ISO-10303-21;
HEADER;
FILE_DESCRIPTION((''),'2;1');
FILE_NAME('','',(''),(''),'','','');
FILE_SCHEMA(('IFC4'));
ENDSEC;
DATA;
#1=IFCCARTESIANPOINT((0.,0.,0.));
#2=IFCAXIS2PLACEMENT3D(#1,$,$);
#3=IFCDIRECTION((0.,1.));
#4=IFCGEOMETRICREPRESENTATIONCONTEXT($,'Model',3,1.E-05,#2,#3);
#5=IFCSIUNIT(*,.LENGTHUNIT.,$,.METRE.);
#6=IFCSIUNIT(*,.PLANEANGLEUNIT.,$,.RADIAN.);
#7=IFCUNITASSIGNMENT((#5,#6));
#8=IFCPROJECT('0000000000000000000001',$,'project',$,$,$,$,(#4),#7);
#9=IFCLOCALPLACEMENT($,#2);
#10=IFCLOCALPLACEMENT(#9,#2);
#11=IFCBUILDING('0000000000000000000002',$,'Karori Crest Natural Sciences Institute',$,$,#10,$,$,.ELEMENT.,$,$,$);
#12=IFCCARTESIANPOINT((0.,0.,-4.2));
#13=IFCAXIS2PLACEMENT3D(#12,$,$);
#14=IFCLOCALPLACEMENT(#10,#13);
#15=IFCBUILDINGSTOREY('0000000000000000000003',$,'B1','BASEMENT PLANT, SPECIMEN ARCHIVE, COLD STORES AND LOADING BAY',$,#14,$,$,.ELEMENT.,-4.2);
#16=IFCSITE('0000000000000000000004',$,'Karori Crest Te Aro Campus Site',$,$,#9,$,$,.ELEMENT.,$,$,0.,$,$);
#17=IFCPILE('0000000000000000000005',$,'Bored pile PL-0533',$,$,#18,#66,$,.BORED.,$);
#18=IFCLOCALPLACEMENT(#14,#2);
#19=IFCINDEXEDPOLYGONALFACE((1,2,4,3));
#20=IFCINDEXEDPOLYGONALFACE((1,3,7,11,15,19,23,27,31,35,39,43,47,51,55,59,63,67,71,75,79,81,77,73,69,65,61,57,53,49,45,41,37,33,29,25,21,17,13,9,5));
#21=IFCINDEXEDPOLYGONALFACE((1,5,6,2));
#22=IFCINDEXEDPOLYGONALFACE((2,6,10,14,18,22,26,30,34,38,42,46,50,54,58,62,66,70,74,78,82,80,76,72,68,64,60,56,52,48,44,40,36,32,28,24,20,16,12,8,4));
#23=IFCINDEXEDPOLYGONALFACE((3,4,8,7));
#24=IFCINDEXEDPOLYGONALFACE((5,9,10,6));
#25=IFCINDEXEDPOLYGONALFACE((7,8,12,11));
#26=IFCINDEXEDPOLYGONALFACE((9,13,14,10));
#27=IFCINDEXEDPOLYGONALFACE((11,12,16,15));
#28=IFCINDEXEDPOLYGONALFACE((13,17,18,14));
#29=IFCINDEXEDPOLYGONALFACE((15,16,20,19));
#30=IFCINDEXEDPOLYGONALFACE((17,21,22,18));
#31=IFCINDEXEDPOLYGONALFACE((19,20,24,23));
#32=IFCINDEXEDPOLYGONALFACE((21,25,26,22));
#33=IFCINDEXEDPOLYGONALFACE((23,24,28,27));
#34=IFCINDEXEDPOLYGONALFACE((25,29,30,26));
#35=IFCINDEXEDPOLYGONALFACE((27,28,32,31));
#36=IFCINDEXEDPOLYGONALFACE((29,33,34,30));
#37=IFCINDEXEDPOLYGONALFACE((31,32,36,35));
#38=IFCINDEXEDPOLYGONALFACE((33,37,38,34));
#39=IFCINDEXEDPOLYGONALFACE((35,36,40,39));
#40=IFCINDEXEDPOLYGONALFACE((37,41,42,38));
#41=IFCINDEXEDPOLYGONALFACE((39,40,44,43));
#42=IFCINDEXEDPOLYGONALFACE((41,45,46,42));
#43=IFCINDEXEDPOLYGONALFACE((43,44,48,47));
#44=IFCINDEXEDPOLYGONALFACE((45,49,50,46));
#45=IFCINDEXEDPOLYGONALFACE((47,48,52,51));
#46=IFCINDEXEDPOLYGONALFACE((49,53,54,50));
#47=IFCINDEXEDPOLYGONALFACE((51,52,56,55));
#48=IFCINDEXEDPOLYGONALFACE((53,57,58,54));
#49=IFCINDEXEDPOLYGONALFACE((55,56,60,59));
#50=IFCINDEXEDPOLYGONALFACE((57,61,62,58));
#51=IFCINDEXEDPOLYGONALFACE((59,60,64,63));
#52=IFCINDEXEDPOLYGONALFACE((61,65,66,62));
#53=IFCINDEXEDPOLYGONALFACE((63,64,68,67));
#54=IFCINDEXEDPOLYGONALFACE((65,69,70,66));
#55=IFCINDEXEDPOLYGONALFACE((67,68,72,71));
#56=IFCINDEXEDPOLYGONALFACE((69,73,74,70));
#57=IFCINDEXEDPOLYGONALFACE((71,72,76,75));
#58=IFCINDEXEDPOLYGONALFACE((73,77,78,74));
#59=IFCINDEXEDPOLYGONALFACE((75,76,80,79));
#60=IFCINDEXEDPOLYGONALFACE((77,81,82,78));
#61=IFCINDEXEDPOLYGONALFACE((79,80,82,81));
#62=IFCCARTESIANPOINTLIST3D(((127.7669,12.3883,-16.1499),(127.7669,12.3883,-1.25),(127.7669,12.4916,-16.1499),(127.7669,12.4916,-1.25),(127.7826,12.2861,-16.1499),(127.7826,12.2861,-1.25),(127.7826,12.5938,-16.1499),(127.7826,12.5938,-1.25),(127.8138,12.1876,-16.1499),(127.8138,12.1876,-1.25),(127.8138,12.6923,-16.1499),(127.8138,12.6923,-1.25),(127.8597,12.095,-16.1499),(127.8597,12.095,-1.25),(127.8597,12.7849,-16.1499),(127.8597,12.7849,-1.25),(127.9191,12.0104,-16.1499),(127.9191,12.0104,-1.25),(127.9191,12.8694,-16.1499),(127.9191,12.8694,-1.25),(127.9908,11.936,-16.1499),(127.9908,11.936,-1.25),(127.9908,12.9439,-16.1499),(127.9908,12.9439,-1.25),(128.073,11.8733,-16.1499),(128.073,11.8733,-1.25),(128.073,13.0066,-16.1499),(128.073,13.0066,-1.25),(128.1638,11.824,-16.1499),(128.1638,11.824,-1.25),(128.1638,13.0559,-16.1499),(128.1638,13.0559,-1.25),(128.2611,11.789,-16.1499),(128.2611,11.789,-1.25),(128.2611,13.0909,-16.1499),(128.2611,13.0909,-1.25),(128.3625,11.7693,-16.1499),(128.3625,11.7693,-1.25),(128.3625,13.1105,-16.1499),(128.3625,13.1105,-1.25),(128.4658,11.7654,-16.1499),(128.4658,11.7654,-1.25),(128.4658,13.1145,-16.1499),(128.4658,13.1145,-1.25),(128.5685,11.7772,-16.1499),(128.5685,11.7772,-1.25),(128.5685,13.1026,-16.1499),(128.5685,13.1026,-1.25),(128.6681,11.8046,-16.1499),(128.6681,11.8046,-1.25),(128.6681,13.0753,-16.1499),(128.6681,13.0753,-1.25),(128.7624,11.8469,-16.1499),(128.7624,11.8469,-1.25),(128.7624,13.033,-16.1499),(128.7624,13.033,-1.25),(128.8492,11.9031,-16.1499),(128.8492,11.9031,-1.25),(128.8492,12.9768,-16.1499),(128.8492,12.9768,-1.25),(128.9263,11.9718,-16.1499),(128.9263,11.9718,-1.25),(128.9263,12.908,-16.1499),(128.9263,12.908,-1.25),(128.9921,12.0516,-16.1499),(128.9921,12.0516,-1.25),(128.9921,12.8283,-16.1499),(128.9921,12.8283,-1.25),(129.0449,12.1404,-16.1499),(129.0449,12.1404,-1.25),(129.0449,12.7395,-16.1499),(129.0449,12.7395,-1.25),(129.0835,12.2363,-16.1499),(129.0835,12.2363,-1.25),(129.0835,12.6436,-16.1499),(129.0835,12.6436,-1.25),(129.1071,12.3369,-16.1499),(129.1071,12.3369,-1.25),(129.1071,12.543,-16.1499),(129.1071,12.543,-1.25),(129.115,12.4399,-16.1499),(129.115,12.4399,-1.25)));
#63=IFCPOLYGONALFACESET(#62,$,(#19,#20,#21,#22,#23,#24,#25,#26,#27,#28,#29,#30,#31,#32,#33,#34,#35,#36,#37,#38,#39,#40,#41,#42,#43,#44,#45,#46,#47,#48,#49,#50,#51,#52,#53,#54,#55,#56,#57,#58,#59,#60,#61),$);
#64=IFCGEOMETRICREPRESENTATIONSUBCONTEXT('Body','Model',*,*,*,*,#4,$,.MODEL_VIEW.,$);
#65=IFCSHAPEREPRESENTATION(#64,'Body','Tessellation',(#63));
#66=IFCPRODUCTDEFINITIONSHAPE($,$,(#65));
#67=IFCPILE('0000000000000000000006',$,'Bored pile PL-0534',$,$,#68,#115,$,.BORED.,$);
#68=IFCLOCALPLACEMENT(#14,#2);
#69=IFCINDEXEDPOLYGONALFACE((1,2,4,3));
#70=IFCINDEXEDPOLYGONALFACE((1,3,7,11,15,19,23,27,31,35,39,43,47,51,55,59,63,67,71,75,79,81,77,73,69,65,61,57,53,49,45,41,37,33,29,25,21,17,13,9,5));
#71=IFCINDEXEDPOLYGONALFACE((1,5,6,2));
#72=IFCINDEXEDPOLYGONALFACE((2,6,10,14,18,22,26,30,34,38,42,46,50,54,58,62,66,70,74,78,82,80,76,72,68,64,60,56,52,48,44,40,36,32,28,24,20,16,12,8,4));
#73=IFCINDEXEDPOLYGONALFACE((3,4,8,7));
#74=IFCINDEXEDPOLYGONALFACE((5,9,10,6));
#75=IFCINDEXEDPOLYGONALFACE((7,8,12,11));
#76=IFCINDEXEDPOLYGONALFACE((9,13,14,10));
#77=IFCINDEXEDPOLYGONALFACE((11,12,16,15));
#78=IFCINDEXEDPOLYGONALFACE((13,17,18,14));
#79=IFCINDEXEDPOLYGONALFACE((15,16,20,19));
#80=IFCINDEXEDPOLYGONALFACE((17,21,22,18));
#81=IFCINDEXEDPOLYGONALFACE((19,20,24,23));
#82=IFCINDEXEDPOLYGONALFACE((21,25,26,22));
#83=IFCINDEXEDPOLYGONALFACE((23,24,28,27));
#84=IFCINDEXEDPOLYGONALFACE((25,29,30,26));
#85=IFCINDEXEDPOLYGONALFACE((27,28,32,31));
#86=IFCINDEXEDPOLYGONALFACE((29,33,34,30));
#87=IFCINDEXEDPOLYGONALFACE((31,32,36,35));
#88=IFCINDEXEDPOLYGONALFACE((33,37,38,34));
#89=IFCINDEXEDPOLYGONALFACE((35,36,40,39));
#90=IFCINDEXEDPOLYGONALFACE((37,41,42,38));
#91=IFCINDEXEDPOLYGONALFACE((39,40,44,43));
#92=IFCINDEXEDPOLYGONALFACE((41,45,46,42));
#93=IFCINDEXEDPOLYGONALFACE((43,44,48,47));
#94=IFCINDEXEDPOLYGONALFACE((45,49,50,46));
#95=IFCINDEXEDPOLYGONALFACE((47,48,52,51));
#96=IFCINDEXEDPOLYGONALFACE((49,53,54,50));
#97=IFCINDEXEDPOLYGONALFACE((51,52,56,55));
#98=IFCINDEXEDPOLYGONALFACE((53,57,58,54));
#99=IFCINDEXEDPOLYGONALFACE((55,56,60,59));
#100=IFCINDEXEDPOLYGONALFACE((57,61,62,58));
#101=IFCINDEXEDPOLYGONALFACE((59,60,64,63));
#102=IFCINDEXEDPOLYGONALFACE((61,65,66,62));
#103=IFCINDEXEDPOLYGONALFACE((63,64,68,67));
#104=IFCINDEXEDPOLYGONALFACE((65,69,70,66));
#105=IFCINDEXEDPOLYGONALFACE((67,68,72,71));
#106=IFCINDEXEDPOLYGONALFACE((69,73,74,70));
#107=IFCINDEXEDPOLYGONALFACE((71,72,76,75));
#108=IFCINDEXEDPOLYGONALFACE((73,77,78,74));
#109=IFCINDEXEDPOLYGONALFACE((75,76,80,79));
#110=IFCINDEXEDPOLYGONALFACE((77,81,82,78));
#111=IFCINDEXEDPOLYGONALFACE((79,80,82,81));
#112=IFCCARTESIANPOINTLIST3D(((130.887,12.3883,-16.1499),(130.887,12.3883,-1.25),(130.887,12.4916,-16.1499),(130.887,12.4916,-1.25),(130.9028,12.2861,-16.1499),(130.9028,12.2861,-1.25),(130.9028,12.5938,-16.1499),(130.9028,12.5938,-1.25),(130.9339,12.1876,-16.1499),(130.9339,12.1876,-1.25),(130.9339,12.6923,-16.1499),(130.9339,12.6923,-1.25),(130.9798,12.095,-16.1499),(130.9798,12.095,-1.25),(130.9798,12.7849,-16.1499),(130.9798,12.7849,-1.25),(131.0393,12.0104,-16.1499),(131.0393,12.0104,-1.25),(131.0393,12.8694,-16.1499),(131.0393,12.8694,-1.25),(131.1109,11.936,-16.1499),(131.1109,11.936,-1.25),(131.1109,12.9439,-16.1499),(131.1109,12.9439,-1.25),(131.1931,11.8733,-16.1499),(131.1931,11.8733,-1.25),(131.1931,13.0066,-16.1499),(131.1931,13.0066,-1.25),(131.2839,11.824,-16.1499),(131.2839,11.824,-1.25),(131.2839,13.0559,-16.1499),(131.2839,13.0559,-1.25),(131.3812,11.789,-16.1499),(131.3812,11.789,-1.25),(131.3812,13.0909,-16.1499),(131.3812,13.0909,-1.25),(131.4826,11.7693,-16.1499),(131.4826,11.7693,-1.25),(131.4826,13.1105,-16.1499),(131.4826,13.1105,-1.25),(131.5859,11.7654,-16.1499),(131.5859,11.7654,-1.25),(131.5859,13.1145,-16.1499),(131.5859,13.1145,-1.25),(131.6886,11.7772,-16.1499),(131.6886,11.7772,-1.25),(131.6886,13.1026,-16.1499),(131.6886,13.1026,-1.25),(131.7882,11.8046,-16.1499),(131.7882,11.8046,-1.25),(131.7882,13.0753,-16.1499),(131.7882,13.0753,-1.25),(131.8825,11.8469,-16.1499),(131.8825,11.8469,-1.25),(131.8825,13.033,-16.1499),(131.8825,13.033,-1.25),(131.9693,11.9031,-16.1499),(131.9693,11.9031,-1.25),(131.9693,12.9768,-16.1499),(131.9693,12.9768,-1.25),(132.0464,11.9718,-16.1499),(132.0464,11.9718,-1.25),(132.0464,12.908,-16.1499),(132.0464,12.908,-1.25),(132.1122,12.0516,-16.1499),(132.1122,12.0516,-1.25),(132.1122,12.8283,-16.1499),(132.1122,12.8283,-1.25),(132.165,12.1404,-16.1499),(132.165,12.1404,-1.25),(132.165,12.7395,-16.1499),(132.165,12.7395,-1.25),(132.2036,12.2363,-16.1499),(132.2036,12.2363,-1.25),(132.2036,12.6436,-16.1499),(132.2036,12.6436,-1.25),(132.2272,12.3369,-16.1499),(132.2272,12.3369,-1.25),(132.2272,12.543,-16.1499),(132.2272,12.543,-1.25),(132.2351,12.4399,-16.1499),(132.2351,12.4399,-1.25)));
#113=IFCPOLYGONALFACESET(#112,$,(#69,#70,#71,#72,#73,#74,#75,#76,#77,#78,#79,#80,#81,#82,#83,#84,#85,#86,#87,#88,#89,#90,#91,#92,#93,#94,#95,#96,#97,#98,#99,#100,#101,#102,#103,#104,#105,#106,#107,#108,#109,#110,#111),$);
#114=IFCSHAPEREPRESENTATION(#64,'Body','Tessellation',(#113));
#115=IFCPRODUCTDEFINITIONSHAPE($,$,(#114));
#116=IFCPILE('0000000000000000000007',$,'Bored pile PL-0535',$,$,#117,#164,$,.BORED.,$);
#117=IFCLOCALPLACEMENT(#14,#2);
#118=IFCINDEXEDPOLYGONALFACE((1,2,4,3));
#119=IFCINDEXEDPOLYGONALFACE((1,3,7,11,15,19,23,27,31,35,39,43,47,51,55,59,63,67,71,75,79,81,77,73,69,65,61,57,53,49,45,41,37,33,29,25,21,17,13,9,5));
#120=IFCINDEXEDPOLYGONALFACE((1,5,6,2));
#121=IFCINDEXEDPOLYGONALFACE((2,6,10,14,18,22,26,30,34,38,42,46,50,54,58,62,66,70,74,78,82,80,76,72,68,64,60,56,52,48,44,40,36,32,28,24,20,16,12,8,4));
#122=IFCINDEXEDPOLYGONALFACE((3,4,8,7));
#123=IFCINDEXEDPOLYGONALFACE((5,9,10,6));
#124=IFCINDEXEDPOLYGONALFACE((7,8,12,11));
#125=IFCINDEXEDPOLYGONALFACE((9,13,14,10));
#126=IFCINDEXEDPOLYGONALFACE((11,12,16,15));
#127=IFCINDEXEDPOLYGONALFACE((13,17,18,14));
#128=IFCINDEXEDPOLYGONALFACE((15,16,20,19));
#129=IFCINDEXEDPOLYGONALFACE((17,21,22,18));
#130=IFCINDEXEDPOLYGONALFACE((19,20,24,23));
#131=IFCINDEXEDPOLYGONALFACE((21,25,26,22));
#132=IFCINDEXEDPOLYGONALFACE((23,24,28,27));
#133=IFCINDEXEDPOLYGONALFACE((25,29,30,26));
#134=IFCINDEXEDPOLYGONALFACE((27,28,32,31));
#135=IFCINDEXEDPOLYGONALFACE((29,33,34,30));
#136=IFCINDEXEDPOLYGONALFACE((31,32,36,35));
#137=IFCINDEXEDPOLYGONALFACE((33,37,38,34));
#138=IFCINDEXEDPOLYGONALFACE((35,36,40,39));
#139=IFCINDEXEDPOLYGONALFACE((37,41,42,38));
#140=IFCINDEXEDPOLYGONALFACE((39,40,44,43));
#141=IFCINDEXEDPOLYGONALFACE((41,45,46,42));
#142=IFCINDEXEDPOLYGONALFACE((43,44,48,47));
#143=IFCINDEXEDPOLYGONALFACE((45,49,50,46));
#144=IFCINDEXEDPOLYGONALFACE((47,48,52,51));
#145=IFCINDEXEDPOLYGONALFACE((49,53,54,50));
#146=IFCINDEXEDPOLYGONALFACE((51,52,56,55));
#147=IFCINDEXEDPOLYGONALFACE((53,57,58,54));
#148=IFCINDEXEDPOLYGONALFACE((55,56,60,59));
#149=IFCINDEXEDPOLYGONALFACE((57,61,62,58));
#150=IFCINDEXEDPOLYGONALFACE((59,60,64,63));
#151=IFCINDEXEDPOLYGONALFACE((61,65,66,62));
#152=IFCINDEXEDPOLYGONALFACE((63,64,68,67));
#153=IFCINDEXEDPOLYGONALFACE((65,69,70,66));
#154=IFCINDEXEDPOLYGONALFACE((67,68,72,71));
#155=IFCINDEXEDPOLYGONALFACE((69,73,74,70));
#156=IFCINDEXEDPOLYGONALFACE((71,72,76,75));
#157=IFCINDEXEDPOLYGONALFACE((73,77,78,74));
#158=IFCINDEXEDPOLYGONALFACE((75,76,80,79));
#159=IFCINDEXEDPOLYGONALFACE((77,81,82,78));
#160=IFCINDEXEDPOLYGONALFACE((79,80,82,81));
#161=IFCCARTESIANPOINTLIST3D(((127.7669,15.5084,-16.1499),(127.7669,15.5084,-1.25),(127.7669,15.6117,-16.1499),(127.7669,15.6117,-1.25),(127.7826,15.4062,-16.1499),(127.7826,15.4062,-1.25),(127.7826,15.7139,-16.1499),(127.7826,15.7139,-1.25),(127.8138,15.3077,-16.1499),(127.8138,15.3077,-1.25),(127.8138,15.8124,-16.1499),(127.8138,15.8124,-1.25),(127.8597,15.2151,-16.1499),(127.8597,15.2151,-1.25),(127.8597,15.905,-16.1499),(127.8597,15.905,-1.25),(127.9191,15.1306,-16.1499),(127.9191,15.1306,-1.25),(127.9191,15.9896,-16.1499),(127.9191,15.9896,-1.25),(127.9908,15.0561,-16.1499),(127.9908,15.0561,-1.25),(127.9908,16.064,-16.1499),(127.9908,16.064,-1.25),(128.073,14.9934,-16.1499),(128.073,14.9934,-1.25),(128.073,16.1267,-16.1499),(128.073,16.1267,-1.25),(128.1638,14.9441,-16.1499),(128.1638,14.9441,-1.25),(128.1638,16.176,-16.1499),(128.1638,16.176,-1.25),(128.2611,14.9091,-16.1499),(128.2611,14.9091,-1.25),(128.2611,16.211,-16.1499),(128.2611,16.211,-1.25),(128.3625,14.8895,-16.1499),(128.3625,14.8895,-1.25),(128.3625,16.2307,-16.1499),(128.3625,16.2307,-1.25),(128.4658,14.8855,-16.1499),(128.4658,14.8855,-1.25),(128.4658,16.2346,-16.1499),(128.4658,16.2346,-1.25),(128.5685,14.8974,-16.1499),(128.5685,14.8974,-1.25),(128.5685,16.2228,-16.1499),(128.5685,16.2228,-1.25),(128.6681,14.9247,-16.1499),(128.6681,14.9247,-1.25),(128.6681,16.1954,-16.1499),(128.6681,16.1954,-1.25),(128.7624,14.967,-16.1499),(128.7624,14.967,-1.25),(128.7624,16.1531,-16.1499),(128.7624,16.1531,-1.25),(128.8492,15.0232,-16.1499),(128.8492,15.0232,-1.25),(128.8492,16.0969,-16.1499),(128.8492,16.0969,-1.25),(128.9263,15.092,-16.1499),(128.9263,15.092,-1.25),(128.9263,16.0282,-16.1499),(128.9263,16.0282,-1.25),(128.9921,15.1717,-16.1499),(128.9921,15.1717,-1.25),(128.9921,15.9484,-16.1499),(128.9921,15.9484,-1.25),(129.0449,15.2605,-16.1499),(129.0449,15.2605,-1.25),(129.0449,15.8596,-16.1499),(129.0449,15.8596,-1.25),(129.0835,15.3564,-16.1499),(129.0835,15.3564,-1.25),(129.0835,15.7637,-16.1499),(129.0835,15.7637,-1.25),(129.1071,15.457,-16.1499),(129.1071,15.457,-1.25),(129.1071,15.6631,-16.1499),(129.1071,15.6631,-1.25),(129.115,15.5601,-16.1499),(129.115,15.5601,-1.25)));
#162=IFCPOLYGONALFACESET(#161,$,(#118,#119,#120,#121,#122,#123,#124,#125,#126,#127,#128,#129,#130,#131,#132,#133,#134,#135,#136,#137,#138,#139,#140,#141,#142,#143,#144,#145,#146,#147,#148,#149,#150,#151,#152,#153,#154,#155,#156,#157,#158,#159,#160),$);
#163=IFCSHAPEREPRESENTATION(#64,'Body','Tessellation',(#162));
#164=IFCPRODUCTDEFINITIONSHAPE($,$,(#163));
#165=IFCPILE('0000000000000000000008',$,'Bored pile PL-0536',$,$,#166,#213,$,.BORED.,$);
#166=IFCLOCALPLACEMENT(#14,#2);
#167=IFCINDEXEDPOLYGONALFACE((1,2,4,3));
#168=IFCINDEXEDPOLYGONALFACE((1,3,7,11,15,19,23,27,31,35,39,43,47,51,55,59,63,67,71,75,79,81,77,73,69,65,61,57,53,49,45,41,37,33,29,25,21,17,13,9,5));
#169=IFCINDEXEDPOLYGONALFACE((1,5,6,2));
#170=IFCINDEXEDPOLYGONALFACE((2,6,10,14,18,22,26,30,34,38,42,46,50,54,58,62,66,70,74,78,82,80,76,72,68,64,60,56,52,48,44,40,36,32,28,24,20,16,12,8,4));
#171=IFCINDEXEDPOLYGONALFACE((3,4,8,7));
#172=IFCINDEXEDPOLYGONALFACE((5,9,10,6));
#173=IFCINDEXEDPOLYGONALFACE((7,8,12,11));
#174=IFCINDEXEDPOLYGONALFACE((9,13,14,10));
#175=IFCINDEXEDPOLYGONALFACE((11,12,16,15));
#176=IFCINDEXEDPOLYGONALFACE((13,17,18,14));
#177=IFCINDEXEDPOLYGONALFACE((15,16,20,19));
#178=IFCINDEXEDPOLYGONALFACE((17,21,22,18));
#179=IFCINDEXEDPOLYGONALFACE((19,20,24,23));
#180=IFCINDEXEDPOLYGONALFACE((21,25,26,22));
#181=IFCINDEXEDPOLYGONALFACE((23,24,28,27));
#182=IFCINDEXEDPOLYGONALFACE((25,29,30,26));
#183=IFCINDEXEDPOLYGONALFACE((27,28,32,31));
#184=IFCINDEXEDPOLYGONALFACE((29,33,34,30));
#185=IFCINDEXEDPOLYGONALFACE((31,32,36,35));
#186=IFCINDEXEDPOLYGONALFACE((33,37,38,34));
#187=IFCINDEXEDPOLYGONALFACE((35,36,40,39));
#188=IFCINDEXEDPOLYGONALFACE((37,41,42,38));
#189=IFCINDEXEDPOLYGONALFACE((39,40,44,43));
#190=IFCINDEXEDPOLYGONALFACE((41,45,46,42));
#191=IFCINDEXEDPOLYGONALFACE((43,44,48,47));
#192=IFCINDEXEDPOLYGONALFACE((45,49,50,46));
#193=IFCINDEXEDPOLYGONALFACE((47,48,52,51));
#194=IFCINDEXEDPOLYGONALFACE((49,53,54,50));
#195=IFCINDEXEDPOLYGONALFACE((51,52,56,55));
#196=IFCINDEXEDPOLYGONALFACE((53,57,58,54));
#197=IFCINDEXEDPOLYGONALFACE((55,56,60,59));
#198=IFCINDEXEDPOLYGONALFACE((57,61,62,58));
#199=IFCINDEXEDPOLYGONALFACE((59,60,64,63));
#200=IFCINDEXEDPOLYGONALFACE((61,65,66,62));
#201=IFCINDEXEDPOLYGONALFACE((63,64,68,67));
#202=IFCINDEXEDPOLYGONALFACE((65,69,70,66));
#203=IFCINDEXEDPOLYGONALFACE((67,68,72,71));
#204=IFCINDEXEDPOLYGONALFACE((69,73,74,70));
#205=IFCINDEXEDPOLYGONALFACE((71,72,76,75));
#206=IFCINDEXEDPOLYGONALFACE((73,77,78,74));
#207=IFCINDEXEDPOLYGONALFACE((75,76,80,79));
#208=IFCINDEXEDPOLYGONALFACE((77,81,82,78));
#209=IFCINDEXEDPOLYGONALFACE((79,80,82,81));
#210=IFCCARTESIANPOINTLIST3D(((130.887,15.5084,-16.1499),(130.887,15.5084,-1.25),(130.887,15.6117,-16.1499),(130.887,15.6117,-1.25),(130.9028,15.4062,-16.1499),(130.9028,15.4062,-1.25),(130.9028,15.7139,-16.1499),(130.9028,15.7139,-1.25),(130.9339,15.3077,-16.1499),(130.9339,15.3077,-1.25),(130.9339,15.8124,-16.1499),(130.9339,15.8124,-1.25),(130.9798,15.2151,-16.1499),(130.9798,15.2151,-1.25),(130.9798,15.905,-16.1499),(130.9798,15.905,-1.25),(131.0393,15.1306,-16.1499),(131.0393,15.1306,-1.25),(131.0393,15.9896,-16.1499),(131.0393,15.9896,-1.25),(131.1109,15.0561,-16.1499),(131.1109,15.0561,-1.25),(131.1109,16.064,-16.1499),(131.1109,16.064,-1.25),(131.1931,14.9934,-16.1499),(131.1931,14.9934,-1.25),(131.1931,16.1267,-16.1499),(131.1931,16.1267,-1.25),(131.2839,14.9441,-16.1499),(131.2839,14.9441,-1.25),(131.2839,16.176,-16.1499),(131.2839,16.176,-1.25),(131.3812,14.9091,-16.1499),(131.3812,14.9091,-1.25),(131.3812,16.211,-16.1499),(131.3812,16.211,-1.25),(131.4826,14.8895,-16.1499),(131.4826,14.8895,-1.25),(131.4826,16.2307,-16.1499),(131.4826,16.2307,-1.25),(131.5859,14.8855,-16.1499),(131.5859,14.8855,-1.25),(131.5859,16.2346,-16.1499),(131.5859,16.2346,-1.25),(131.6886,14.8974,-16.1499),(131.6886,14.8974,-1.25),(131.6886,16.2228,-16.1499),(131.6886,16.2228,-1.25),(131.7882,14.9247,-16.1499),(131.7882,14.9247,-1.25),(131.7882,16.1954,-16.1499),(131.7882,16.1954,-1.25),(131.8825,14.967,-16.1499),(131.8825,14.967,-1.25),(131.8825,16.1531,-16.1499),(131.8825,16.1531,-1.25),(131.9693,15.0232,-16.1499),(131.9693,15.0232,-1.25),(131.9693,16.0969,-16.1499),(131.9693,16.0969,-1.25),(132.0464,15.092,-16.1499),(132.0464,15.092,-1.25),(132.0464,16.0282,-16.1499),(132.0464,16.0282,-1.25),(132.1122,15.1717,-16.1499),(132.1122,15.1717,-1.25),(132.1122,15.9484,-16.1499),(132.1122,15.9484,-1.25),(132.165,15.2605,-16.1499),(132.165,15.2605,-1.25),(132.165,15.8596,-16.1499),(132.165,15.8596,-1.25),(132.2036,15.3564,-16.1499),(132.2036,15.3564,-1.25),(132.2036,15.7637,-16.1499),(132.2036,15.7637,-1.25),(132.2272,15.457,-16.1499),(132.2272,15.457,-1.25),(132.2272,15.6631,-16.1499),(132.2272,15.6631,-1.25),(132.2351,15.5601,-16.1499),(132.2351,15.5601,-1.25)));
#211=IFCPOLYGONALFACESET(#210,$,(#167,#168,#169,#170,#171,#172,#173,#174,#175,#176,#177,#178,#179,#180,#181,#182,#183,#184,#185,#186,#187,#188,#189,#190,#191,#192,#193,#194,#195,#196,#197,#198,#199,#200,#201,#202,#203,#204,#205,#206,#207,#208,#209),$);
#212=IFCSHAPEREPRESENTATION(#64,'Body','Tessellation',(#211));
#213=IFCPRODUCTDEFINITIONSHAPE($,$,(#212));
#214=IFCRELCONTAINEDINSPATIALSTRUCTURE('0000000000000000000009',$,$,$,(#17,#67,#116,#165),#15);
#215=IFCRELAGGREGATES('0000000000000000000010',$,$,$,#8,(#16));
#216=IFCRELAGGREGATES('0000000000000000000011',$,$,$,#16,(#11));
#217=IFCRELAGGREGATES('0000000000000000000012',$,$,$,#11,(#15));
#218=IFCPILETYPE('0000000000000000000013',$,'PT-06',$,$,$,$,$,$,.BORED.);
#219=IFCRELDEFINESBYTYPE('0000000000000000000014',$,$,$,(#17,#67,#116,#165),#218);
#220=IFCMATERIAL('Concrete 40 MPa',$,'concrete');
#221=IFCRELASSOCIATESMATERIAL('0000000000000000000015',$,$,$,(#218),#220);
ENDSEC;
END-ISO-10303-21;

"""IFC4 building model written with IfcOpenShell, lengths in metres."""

from ifc_helpers import new_model, si_unit, direction, frame, origin, origin_2d, place, context, subcontext, project, spatial, circle, extrude, material, material_profile, profile_set, type_object, element, save


model = new_model("IFC4")

# Units and contexts
model_context = context("Model", 3, precision=1e-05, world=origin(), true_north=direction((0.0, 1.0)))
body_context = subcontext(model_context, "Body", "Model", "MODEL_VIEW")
ifc_project = project(units=[si_unit("LENGTHUNIT", "METRE"), si_unit("PLANEANGLEUNIT", "RADIAN")], contexts=[model_context])

# Site, building, storey
site_placement = place(None, origin())
site = spatial("IfcSite", under=ifc_project, at=site_placement, Name="Karori Crest Te Aro Campus Site", CompositionType="ELEMENT", RefElevation=0.0)
building_placement = place(site_placement, origin())
building = spatial("IfcBuilding", under=site, at=building_placement, Name="Karori Crest Natural Sciences Institute", CompositionType="ELEMENT")
storey_placement = place(building_placement, frame((0.0, 0.0, -4.2)))
storey = spatial("IfcBuildingStorey", under=building, at=storey_placement, Name="B1", Description="BASEMENT PLANT, SPECIMEN ARCHIVE, COLD STORES AND LOADING BAY", CompositionType="ELEMENT", Elevation=-4.2)

# Shared definitions
ifc_material_1 = material(Name="Concrete 40 MPa", Category="concrete")

# Piles
ifc_material_profile_1 = material_profile(ifc_material_1, circle(Radius=0.675, at=origin_2d()), Name="PILE1350")
ifc_profile_set_1 = profile_set([ifc_material_profile_1], Name="Concrete 40 MPa")
pile_type = type_object("IfcPileType", Name="PT-06", PredefinedType="BORED", material=ifc_profile_set_1)
for number, where, z_axis, x_axis, name in (
    (1, (128.4399, 12.4399, -1.25), (0.0, 0.0, -1.0), (1.0, 0.0, 0.0), "Bored pile PL-0533"),
    (2, (131.5601, 12.4399, -1.25), (0.0, 0.0, -1.0), (1.0, 0.0, 0.0), "Bored pile PL-0534"),
    (3, (128.4399, 15.5601, -1.25), (0.0, 0.0, -1.0), (1.0, 0.0, 0.0), "Bored pile PL-0535"),
    (4, (131.5601, 15.5601, -1.25), (0.0, 0.0, -1.0), (1.0, 0.0, 0.0), "Bored pile PL-0536"),
):
    element("IfcPile", number, at=place(storey_placement, frame(where, z_axis=z_axis, x_axis=x_axis)), inside=storey, type_object=pile_type, Name=name, PredefinedType="BORED", context=body_context, shape_type="SweptSolid", body=[
        extrude(circle(Radius=0.675, at=origin_2d()), origin(), (0.0, 0.0, 1.0), 14.8999),
    ])

save(model, "model.ifc")
